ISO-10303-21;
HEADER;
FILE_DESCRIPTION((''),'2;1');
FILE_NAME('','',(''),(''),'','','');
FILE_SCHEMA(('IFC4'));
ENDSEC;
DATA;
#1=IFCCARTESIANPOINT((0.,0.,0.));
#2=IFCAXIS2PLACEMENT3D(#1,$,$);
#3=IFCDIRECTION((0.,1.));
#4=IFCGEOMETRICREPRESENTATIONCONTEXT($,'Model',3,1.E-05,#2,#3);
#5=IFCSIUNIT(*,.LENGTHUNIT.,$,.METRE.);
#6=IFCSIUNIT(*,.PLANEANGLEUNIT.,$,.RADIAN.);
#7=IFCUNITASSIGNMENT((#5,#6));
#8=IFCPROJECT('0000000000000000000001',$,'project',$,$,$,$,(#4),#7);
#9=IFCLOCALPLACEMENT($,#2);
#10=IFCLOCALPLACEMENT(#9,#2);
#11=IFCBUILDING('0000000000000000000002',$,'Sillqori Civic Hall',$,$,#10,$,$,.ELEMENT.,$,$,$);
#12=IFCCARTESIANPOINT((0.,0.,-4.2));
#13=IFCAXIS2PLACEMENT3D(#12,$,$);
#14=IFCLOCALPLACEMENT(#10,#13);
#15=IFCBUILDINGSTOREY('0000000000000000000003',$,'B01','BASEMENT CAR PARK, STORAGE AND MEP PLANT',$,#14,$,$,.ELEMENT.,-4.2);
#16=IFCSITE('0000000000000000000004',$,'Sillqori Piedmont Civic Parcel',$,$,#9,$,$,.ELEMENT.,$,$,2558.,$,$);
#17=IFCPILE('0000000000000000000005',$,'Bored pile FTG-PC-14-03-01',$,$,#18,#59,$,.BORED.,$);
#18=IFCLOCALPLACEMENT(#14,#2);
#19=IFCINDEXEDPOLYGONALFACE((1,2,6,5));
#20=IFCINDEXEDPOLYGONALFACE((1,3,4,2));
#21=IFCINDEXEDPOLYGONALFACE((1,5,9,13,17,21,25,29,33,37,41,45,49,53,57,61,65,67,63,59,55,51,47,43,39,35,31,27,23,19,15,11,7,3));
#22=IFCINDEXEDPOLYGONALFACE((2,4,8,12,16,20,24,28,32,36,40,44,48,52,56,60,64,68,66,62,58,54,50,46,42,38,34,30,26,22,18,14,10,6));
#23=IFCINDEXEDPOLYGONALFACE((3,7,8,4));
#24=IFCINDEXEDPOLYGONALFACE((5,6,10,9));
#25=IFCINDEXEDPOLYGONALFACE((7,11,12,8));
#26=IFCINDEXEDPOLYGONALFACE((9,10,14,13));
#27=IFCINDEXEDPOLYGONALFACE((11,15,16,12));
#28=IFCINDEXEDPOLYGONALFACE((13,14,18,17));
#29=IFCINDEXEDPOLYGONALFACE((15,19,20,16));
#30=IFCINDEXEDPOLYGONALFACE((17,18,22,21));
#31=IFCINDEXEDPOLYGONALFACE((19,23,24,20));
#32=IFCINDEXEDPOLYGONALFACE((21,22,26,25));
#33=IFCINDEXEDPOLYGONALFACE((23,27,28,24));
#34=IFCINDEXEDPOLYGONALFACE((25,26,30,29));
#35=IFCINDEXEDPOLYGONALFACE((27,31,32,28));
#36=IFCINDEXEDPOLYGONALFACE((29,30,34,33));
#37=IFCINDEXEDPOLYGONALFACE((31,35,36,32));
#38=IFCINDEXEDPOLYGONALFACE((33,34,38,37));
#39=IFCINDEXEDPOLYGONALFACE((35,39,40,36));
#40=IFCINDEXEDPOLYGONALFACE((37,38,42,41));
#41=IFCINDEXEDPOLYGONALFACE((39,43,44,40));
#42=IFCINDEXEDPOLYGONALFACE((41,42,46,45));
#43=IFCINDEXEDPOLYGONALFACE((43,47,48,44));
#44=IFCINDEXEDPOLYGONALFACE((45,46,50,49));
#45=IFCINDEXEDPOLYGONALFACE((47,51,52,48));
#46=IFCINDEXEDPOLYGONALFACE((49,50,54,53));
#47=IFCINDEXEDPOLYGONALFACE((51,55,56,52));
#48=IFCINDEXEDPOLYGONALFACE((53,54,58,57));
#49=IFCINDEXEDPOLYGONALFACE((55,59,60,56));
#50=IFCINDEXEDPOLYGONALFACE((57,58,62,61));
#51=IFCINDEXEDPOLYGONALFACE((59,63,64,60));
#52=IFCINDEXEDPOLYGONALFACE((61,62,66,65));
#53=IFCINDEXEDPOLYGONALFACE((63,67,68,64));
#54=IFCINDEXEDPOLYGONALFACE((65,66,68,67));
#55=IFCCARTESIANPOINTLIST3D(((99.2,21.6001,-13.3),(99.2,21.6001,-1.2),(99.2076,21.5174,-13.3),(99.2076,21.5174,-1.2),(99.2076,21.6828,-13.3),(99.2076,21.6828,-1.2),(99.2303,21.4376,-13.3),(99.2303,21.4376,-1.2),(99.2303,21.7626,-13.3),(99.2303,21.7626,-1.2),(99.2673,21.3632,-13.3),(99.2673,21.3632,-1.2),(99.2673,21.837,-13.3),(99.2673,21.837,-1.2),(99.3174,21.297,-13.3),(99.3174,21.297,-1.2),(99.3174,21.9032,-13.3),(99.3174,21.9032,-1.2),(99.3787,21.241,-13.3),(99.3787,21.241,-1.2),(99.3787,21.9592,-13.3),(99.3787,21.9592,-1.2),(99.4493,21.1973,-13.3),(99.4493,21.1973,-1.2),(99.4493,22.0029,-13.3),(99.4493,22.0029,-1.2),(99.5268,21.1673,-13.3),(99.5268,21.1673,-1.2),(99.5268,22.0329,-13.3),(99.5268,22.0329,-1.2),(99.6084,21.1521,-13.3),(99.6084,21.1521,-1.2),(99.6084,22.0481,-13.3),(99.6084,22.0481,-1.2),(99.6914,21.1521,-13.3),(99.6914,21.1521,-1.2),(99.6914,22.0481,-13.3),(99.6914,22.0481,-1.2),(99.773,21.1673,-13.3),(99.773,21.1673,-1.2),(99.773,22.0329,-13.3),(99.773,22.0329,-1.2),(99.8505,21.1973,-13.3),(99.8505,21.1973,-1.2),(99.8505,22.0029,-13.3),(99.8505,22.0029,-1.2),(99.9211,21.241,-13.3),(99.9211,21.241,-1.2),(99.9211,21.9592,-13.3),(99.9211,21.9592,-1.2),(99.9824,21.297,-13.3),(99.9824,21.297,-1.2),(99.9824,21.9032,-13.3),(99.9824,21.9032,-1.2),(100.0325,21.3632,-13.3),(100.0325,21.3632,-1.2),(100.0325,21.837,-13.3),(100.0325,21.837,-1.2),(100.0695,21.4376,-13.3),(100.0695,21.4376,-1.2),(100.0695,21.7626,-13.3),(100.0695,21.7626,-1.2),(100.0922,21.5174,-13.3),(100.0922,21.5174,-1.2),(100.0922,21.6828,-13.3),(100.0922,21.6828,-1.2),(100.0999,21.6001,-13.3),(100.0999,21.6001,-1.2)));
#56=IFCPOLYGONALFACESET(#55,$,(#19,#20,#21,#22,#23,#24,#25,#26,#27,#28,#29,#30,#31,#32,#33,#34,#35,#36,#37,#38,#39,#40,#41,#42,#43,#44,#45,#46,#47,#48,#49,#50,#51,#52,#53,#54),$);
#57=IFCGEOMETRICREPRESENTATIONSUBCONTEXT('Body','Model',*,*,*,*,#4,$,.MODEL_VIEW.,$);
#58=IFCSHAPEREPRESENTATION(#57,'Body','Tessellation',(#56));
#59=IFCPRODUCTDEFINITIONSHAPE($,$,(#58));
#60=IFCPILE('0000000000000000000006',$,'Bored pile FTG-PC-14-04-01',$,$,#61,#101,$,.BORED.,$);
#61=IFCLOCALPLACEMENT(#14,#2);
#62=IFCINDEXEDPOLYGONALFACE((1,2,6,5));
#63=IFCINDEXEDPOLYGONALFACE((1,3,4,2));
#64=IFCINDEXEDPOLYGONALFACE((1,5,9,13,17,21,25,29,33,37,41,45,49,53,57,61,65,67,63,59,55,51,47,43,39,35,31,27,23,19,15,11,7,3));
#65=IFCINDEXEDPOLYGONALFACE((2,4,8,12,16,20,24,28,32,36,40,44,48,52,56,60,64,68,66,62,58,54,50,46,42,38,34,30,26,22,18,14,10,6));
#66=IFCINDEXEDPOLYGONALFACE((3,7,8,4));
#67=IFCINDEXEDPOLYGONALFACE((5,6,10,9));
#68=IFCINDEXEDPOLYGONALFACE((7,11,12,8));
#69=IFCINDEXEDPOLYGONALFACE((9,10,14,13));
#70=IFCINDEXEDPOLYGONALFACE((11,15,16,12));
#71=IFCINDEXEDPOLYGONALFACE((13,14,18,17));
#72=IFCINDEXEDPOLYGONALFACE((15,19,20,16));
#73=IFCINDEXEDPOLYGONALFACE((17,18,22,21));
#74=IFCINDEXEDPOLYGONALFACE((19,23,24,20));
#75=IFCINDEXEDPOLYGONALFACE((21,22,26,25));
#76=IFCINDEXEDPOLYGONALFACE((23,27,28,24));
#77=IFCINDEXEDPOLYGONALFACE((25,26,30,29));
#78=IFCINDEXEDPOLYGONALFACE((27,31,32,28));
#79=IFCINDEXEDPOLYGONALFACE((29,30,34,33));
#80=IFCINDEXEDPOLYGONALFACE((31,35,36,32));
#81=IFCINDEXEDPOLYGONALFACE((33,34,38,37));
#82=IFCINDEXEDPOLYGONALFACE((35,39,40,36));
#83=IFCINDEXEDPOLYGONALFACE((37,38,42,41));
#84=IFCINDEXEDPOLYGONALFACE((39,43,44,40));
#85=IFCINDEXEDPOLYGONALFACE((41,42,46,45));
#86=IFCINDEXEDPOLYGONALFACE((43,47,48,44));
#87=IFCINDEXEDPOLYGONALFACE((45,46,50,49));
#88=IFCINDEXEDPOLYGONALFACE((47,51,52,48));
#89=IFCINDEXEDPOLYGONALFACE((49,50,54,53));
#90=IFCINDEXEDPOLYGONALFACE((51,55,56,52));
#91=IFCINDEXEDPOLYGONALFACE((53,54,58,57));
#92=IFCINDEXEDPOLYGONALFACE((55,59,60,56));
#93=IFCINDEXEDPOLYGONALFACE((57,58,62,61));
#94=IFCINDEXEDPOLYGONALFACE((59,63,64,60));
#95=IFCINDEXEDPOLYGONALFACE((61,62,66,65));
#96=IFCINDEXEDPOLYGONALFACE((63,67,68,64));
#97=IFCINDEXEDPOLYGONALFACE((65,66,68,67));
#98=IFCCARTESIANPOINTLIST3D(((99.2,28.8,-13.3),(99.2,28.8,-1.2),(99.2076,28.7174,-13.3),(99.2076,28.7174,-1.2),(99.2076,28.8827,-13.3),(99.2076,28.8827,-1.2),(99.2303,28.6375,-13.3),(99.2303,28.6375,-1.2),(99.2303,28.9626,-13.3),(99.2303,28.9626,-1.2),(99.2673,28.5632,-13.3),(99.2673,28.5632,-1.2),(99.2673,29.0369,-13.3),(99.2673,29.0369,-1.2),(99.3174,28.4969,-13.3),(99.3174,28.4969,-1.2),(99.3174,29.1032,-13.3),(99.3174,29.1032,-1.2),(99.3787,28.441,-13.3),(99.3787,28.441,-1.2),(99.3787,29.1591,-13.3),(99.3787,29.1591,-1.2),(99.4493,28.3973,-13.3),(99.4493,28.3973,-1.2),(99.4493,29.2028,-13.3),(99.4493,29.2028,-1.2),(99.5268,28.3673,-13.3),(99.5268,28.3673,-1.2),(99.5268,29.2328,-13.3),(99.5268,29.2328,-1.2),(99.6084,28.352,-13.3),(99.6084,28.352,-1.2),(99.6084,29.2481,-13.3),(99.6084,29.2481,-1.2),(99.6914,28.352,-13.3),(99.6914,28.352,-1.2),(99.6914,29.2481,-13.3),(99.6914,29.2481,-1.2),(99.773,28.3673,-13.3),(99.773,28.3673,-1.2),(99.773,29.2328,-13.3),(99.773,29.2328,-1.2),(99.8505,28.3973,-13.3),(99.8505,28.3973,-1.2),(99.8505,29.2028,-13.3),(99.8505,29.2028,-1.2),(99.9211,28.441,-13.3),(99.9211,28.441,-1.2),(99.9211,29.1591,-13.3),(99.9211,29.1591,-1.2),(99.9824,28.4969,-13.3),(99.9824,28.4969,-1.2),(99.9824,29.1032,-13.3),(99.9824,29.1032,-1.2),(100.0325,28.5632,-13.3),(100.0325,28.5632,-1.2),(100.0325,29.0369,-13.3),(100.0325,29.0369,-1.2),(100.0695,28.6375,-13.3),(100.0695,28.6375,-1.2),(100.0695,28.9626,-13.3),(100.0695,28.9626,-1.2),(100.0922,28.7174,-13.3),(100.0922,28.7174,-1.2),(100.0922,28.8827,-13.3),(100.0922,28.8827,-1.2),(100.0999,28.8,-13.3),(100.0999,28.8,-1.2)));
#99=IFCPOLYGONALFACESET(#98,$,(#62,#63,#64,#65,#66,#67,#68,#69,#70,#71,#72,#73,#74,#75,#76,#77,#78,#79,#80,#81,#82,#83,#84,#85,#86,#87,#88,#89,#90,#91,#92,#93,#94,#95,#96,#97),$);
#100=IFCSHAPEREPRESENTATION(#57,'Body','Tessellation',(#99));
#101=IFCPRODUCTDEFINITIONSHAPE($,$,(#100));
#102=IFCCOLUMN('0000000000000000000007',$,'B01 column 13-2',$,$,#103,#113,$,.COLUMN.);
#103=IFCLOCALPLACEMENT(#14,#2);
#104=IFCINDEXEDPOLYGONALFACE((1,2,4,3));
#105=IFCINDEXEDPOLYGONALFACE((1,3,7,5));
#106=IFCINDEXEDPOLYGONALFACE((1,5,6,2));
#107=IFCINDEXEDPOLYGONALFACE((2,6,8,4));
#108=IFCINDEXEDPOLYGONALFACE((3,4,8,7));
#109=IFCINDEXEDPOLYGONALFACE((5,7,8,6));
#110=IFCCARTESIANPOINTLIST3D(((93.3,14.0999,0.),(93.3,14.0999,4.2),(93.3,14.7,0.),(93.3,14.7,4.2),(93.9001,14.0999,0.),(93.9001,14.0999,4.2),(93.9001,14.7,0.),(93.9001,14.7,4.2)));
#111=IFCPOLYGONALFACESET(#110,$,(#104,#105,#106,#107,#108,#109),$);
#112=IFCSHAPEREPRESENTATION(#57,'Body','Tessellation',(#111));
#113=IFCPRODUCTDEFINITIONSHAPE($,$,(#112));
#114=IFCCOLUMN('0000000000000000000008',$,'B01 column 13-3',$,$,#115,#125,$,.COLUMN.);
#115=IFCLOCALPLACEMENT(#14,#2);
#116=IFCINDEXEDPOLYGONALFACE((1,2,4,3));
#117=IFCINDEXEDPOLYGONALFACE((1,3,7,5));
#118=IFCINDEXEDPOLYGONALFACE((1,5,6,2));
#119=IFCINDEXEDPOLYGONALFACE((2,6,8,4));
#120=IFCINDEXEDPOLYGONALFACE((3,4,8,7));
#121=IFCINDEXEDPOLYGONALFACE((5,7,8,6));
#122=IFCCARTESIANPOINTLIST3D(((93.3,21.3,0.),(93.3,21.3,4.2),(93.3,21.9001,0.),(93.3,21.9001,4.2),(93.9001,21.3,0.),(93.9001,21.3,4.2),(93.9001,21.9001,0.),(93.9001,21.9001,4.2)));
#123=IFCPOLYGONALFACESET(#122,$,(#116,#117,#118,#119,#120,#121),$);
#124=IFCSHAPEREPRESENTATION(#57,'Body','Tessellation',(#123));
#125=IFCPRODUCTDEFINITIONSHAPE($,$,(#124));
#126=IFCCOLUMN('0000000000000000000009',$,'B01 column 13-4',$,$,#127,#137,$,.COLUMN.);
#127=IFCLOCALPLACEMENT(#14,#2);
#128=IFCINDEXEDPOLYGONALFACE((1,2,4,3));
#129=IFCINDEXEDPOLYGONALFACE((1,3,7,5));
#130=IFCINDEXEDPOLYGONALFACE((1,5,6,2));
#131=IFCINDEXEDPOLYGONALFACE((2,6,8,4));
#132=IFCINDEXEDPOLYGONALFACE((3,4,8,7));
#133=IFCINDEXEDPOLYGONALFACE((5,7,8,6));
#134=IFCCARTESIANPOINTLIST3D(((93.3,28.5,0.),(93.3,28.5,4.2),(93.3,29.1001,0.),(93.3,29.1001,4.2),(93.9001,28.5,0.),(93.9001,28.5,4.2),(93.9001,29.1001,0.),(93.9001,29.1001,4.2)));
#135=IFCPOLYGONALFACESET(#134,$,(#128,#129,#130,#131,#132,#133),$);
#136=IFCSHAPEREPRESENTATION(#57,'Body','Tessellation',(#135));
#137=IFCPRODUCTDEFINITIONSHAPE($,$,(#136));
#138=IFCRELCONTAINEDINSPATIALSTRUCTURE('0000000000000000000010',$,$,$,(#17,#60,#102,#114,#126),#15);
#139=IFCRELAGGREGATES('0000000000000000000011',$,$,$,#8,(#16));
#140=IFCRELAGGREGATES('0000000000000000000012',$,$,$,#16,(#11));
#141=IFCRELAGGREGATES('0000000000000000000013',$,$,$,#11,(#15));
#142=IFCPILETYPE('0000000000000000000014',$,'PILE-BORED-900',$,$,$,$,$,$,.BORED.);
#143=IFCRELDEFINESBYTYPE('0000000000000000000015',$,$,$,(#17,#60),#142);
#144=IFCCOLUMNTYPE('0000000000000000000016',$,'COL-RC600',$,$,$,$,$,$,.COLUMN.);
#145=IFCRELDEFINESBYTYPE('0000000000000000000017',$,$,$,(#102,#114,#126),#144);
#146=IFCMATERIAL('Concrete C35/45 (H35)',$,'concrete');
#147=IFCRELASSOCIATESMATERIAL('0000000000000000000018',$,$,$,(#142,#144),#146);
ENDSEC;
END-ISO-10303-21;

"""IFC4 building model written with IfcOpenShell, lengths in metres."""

from ifc_helpers import new_model, si_unit, direction, frame, origin, origin_2d, place, context, subcontext, project, spatial, rectangle, circle, extrude, material, material_profile, profile_set, type_object, element, save


model = new_model("IFC4")

# Units and contexts
model_context = context("Model", 3, precision=1e-05, world=origin(), true_north=direction((0.0, 1.0)))
body_context = subcontext(model_context, "Body", "Model", "MODEL_VIEW")
ifc_project = project(units=[si_unit("LENGTHUNIT", "METRE"), si_unit("PLANEANGLEUNIT", "RADIAN")], contexts=[model_context])

# Site, building, storey
site_placement = place(None, origin())
site = spatial("IfcSite", under=ifc_project, at=site_placement, Name="Sillqori Piedmont Civic Parcel", CompositionType="ELEMENT", RefElevation=2558.0)
building_placement = place(site_placement, origin())
building = spatial("IfcBuilding", under=site, at=building_placement, Name="Sillqori Civic Hall", CompositionType="ELEMENT")
storey_placement = place(building_placement, frame((0.0, 0.0, -4.2)))
storey = spatial("IfcBuildingStorey", under=building, at=storey_placement, Name="B01", Description="BASEMENT CAR PARK, STORAGE AND MEP PLANT", CompositionType="ELEMENT", Elevation=-4.2)

# Shared definitions
ifc_material = material(Name="Concrete C35/45 (H35)", Category="concrete")

# Piles
ifc_material_profile_1 = material_profile(ifc_material, circle(Radius=0.45, at=origin_2d()), Name="BORED PILE 900")
ifc_profile_set_1 = profile_set([ifc_material_profile_1], Name="Concrete C35/45 (H35)")
pile_type = type_object("IfcPileType", Name="PILE-BORED-900", PredefinedType="BORED", material=ifc_profile_set_1)
for number, where, z_axis, x_axis, name in (
    (1, (99.6499, 21.6001, -1.2), (0.0, 0.0, -1.0), (1.0, 0.0, 0.0), "Bored pile FTG-PC-14-03-01"),
    (2, (99.6499, 28.8, -1.2), (0.0, 0.0, -1.0), (1.0, 0.0, 0.0), "Bored pile FTG-PC-14-04-01"),
):
    element("IfcPile", number, at=place(storey_placement, frame(where, z_axis=z_axis, x_axis=x_axis)), inside=storey, type_object=pile_type, Name=name, PredefinedType="BORED", context=body_context, shape_type="SweptSolid", body=[
        extrude(circle(Radius=0.45, at=origin_2d()), origin(), (0.0, 0.0, 1.0), 12.1001),
    ])

# Columns
ifc_material_profile_2 = material_profile(ifc_material, rectangle(XDim=0.6001, YDim=0.6001, at=origin_2d()), Name="RC 600x600")
ifc_profile_set_2 = profile_set([ifc_material_profile_2], Name="Concrete C35/45 (H35)")
column_type = type_object("IfcColumnType", Name="COL-RC600", PredefinedType="COLUMN", material=ifc_profile_set_2)
for number, where, z_axis, x_axis, name in (
    (3, (93.6001, 14.3999, 0.0), (0.0, 0.0, 1.0), (1.0, 0.0, 0.0), "B01 column 13-2"),
    (4, (93.6001, 21.6001, 0.0), (0.0, 0.0, 1.0), (1.0, 0.0, 0.0), "B01 column 13-3"),
    (5, (93.6001, 28.8, 0.0), (0.0, 0.0, 1.0), (1.0, 0.0, 0.0), "B01 column 13-4"),
):
    element("IfcColumn", number, at=place(storey_placement, frame(where, z_axis=z_axis, x_axis=x_axis)), inside=storey, type_object=column_type, Name=name, PredefinedType="COLUMN", context=body_context, shape_type="SweptSolid", body=[
        extrude(rectangle(XDim=0.6001, YDim=0.6001, at=origin_2d()), origin(), (0.0, 0.0, 1.0), 4.2),
    ])

save(model, "model.ifc")
